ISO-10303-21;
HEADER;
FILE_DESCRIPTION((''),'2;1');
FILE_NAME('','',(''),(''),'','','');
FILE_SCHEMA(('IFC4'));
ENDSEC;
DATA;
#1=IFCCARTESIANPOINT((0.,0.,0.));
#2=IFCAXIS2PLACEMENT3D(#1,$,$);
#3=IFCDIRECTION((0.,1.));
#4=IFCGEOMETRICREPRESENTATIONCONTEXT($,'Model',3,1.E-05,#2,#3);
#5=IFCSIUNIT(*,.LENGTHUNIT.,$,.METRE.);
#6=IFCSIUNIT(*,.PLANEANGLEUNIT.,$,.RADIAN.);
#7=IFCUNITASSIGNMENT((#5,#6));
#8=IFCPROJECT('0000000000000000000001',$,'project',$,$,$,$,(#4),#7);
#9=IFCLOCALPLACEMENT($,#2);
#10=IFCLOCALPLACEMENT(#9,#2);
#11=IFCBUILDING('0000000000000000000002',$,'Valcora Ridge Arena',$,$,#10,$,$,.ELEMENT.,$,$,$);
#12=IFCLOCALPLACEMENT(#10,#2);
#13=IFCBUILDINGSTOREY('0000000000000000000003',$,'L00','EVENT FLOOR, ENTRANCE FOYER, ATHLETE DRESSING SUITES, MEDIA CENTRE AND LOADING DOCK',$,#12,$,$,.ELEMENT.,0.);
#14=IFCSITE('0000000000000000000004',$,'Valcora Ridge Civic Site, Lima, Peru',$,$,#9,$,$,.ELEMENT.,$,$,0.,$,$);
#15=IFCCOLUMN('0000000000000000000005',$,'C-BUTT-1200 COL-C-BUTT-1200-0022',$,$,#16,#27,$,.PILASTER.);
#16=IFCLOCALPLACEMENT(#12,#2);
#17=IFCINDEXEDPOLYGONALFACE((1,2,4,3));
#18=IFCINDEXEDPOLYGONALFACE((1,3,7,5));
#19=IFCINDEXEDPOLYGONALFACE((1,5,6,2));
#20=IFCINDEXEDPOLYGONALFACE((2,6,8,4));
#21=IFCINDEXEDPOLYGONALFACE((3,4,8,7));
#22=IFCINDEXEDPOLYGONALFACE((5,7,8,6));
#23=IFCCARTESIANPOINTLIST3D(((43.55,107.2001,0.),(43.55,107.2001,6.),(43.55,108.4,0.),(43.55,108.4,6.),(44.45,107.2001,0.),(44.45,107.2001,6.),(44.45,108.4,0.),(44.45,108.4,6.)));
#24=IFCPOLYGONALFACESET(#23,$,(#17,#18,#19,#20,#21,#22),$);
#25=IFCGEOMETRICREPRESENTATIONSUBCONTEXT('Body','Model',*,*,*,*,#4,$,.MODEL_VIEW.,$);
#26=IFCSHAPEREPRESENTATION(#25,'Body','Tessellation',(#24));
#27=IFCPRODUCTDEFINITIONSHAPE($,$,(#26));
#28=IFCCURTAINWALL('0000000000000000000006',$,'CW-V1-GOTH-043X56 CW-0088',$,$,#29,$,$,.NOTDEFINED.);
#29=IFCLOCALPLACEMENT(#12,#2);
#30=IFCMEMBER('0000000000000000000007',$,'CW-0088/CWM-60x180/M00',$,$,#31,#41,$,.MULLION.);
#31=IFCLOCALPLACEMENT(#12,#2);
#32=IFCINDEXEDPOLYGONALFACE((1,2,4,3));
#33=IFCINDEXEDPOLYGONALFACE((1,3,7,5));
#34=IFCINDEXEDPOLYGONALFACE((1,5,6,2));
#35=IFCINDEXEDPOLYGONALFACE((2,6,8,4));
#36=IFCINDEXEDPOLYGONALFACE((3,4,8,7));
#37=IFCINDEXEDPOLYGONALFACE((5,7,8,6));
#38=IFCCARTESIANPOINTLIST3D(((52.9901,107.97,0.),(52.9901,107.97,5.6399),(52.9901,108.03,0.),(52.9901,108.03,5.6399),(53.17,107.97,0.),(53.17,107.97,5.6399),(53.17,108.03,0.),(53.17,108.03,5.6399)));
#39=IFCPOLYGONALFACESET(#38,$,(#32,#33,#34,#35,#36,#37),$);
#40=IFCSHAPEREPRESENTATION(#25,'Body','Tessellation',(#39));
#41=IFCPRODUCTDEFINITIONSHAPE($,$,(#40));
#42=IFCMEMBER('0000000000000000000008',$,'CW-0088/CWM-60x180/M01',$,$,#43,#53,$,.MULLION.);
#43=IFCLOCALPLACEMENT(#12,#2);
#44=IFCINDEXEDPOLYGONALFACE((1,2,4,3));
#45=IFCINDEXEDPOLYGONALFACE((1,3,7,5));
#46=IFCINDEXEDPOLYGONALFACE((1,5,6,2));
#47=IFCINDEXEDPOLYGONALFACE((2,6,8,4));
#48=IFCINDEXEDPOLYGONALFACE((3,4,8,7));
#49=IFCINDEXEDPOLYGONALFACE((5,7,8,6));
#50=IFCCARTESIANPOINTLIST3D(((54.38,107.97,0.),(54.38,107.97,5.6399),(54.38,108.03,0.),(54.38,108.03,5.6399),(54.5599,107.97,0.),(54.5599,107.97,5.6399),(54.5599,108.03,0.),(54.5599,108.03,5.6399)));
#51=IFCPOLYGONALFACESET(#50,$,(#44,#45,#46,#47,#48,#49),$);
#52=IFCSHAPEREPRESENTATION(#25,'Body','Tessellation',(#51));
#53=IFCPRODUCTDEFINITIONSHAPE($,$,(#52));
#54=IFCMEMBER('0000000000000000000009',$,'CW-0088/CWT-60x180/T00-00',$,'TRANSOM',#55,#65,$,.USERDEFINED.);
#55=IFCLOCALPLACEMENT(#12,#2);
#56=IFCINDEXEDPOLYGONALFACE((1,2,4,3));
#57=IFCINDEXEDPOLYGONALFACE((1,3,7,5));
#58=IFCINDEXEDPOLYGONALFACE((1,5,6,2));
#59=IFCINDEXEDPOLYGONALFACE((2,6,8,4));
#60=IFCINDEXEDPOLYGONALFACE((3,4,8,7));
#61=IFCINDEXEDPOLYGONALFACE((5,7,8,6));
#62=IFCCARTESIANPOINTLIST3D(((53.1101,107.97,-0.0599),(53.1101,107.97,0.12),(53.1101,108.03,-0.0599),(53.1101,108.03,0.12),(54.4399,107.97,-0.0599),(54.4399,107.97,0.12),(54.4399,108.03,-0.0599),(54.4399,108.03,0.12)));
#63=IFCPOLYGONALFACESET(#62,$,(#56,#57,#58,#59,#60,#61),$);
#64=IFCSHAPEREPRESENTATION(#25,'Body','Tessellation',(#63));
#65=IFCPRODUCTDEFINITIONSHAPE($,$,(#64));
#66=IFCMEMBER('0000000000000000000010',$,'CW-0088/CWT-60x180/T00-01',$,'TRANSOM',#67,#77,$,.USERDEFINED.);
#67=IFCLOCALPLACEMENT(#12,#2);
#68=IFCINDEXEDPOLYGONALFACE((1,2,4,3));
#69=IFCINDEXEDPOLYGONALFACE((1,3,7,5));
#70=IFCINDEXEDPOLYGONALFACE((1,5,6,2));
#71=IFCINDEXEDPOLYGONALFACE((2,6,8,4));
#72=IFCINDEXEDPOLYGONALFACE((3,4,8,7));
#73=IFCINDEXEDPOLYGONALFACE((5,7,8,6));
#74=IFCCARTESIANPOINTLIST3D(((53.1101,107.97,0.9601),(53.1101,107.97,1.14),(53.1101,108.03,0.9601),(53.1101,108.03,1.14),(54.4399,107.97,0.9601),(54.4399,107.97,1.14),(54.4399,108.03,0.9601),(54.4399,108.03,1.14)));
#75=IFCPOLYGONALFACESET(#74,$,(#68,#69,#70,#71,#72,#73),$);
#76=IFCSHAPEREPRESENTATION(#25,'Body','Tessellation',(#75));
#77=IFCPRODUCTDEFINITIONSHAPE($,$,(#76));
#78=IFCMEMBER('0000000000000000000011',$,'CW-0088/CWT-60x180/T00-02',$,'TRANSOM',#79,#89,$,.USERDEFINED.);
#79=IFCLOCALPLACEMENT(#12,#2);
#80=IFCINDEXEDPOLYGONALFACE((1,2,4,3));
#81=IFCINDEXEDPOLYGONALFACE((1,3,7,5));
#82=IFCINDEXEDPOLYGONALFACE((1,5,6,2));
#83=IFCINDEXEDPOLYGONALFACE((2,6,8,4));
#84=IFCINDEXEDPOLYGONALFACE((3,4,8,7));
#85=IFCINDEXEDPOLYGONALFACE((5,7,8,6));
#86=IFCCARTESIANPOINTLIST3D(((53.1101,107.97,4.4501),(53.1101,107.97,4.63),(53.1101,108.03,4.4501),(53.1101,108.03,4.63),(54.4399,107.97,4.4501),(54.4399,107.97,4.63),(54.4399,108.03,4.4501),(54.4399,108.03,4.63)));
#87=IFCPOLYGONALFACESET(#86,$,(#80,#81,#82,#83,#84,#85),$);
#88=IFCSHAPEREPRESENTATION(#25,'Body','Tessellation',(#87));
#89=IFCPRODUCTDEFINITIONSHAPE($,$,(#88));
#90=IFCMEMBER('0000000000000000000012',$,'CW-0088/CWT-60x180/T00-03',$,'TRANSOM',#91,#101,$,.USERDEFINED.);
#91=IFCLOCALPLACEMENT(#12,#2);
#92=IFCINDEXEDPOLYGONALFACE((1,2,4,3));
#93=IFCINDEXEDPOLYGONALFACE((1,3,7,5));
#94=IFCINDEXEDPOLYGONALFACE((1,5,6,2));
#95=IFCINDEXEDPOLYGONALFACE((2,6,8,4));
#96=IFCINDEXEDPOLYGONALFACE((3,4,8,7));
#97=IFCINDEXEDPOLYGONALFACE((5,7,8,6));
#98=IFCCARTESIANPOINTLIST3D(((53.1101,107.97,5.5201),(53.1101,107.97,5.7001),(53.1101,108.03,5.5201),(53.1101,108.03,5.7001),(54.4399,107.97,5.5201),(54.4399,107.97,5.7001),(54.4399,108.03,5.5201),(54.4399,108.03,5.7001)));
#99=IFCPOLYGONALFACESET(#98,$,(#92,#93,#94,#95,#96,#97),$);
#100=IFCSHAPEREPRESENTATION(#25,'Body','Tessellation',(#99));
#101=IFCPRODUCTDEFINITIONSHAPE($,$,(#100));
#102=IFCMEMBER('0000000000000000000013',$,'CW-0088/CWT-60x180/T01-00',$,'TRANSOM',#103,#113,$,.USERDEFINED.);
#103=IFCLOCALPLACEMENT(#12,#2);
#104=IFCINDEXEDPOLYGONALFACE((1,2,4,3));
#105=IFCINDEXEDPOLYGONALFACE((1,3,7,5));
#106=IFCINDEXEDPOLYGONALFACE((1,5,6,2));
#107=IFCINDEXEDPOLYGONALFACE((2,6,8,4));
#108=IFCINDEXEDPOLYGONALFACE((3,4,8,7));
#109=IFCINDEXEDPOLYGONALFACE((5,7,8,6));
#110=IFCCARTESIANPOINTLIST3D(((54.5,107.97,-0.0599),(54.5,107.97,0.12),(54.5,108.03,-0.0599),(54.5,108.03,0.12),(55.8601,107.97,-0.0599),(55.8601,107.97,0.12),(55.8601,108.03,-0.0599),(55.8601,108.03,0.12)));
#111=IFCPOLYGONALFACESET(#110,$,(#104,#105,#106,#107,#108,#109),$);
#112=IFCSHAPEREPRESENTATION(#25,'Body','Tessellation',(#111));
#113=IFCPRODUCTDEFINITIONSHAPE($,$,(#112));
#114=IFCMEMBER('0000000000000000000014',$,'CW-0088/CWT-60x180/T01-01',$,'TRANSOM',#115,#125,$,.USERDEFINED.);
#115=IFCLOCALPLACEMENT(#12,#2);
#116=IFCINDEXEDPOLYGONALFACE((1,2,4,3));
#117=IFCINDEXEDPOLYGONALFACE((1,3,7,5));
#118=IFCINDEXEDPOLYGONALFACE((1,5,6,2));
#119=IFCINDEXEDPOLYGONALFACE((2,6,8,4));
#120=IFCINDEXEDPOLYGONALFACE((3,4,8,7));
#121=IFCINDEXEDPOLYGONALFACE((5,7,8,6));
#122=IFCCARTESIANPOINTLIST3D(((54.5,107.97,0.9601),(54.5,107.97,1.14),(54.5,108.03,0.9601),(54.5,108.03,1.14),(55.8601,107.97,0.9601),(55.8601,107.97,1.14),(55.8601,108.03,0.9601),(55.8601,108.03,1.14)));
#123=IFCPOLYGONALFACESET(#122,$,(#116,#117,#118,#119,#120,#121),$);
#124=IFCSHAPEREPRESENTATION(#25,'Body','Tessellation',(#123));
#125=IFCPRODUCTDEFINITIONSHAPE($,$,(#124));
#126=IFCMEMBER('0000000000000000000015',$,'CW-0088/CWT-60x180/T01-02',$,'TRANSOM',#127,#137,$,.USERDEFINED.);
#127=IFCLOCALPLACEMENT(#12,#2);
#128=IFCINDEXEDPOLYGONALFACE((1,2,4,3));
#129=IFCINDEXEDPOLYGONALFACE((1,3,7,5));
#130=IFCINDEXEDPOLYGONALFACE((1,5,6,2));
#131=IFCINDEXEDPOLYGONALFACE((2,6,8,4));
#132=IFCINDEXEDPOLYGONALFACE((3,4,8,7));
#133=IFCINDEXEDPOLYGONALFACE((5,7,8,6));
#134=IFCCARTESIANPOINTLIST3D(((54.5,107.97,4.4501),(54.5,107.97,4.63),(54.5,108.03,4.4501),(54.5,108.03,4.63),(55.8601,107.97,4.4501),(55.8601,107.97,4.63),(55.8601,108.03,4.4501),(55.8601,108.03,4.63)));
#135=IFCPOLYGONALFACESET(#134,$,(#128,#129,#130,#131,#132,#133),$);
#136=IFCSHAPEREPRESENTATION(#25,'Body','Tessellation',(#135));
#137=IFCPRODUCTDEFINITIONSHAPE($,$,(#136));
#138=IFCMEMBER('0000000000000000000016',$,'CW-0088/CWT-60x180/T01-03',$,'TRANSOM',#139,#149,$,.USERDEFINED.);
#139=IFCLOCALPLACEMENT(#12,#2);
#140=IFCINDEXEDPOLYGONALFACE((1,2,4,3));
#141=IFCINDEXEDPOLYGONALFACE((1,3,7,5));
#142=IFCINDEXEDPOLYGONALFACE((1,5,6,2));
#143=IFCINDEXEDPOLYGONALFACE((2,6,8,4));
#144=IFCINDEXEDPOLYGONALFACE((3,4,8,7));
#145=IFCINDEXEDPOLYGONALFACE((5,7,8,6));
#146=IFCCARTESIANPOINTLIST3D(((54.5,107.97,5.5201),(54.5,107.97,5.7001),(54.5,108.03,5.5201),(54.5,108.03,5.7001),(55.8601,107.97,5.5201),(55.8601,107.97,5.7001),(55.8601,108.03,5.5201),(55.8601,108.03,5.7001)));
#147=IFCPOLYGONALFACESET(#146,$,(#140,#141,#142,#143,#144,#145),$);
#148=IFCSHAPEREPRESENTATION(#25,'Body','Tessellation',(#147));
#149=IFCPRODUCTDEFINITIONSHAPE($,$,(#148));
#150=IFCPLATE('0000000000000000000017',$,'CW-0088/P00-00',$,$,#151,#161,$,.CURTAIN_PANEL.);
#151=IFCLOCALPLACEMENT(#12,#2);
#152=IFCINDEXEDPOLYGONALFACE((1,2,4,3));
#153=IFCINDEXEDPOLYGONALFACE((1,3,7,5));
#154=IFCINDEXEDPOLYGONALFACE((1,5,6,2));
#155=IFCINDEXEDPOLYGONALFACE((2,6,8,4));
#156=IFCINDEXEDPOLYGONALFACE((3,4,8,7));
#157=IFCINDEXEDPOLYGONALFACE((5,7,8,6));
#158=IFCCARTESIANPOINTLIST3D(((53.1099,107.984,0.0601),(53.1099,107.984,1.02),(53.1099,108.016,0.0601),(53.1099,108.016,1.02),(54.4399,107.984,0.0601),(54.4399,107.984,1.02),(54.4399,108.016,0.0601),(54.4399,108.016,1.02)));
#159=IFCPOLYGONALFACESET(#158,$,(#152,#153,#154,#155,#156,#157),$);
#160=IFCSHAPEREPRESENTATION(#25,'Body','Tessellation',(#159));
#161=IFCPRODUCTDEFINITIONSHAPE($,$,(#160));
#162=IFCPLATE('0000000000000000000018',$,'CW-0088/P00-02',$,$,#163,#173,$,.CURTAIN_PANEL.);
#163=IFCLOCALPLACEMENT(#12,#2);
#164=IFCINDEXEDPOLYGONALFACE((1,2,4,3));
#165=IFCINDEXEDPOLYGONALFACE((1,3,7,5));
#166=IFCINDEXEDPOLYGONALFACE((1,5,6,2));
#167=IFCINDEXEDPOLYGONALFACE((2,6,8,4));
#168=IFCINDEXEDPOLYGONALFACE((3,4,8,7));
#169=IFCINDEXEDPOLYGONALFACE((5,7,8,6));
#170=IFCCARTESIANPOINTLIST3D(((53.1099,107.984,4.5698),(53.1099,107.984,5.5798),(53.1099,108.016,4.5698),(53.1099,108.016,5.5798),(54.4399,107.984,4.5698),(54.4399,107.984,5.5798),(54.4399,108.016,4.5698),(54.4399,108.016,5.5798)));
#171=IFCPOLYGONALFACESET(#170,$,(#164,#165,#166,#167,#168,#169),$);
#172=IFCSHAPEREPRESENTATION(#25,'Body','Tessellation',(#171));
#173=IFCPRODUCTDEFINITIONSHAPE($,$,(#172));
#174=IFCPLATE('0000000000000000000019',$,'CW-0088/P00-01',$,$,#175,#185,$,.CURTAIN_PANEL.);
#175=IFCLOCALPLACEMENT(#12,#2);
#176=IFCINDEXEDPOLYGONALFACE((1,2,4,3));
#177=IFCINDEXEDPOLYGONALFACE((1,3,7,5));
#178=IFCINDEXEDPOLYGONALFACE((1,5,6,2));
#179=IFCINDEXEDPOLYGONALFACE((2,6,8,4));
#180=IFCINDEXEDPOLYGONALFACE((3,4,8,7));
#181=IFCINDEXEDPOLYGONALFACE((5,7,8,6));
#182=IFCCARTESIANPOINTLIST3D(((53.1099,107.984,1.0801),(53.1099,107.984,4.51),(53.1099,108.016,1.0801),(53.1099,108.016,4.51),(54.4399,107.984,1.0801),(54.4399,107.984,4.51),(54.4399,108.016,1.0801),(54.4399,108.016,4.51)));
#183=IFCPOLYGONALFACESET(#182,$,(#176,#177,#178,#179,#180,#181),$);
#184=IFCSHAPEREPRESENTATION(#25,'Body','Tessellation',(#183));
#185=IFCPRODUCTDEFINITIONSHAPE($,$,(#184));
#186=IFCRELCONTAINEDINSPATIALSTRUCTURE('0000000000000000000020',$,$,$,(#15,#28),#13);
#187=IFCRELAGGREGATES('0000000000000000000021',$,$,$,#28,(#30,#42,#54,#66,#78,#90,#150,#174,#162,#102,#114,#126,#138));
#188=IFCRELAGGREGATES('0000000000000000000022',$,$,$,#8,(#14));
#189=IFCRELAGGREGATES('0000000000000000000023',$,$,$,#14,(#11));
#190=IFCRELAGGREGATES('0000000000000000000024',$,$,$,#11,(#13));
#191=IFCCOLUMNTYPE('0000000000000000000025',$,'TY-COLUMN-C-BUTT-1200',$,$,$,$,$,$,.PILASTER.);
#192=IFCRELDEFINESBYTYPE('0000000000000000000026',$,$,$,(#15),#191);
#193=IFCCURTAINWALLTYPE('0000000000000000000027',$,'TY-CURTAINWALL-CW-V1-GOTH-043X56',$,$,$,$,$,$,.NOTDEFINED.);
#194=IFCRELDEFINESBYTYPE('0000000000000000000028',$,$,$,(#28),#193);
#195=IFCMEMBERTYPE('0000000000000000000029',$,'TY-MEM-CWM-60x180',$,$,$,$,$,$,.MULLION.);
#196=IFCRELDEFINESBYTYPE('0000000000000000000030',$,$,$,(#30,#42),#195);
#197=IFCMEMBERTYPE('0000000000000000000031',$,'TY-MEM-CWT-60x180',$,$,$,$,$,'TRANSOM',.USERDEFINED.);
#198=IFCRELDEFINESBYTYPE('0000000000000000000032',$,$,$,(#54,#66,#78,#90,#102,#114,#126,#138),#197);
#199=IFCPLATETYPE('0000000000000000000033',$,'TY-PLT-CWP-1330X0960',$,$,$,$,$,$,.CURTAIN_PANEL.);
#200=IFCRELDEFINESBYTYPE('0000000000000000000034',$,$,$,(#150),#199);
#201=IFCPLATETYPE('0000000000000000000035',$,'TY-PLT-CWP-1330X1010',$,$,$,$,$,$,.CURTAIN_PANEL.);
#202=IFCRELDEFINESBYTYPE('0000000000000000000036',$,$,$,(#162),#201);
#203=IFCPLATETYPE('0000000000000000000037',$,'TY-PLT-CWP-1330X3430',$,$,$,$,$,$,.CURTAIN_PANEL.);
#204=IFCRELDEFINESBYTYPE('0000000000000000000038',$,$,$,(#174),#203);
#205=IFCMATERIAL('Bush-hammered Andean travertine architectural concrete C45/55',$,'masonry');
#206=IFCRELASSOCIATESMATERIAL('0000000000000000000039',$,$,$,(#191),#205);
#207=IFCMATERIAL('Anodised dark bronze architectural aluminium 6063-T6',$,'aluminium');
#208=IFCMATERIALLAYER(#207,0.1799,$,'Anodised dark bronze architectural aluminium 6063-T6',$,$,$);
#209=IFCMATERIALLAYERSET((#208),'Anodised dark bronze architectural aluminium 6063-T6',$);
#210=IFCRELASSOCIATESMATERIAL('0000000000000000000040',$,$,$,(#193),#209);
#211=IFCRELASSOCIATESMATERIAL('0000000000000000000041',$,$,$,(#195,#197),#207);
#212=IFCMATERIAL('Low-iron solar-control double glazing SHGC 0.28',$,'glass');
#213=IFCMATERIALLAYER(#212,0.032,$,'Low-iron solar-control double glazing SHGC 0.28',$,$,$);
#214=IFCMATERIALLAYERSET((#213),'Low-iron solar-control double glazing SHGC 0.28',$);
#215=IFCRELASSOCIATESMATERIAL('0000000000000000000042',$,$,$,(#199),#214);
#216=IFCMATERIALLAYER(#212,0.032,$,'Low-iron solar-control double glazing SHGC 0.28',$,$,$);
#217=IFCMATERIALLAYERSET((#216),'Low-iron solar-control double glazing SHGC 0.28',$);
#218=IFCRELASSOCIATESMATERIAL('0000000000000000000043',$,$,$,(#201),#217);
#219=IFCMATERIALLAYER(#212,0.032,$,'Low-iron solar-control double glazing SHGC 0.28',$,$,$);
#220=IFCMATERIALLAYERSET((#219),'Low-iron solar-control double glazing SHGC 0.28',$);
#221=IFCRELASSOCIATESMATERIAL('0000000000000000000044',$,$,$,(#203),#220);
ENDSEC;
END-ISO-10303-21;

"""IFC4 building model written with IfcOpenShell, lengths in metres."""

from ifc_helpers import new_model, si_unit, direction, frame, origin, origin_2d, place, context, subcontext, project, spatial, rectangle, extrude, material, layer, layer_set, material_profile, profile_set, type_object, element, aggregate, save


model = new_model("IFC4")

# Units and contexts
model_context = context("Model", 3, precision=1e-05, world=origin(), true_north=direction((0.0, 1.0)))
body_context = subcontext(model_context, "Body", "Model", "MODEL_VIEW")
ifc_project = project(units=[si_unit("LENGTHUNIT", "METRE"), si_unit("PLANEANGLEUNIT", "RADIAN")], contexts=[model_context])

# Site, building, storey
site_placement = place(None, origin())
site = spatial("IfcSite", under=ifc_project, at=site_placement, Name="Valcora Ridge Civic Site, Lima, Peru", CompositionType="ELEMENT", RefElevation=0.0)
building_placement = place(site_placement, origin())
building = spatial("IfcBuilding", under=site, at=building_placement, Name="Valcora Ridge Arena", CompositionType="ELEMENT")
storey_placement = place(building_placement, origin())
storey = spatial("IfcBuildingStorey", under=building, at=storey_placement, Name="L00", Description="EVENT FLOOR, ENTRANCE FOYER, ATHLETE DRESSING SUITES, MEDIA CENTRE AND LOADING DOCK", CompositionType="ELEMENT", Elevation=0.0)

# Column
ifc_material_1 = material(Name="Bush-hammered Andean travertine architectural concrete C45/55", Category="masonry")
ifc_material_profile_1 = material_profile(ifc_material_1, rectangle(XDim=0.8999, YDim=1.2, at=origin_2d()), Name="RC 900x1200")
ifc_profile_set_1 = profile_set([ifc_material_profile_1], Name="Bush-hammered Andean travertine architectural concrete C45/55")
column_type = type_object("IfcColumnType", Name="TY-COLUMN-C-BUTT-1200", PredefinedType="PILASTER", material=ifc_profile_set_1)
column_placement = place(storey_placement, frame((44.0, 107.8, 0.0), z_axis=(0.0, 0.0, 1.0), x_axis=(1.0, 0.0, 0.0)))
element("IfcColumn", 1, at=column_placement, inside=storey, type_object=column_type, Name="C-BUTT-1200 COL-C-BUTT-1200-0022", PredefinedType="PILASTER", context=body_context, shape_type="SweptSolid", body=[
    extrude(rectangle(XDim=0.8999, YDim=1.2, at=origin_2d()), origin(), (0.0, 0.0, 1.0), 6.0),
])

# Curtain wall, members, plates
ifc_material_2 = material(Name="Anodised dark bronze architectural aluminium 6063-T6", Category="aluminium")
ifc_layer_1 = layer(ifc_material_2, 0.1799, Name="Anodised dark bronze architectural aluminium 6063-T6")
ifc_layer_set_1 = layer_set([ifc_layer_1], Name="Anodised dark bronze architectural aluminium 6063-T6")
curtain_wall_type = type_object("IfcCurtainWallType", Name="TY-CURTAINWALL-CW-V1-GOTH-043X56", PredefinedType="NOTDEFINED", material=ifc_layer_set_1)
curtain_wall_placement = place(storey_placement, origin())
curtain_wall = element("IfcCurtainWall", 2, at=curtain_wall_placement, inside=storey, type_object=curtain_wall_type, Name="CW-V1-GOTH-043X56 CW-0088", PredefinedType="NOTDEFINED")
ifc_material_profile_2 = material_profile(ifc_material_2, rectangle(XDim=0.0601, YDim=0.1799, at=origin_2d()), Name="ALU MULLION 60x180")
ifc_profile_set_2 = profile_set([ifc_material_profile_2], Name="Anodised dark bronze architectural aluminium 6063-T6")
member_type_1 = type_object("IfcMemberType", Name="TY-MEM-CWM-60x180", PredefinedType="MULLION", material=ifc_profile_set_2)
member_1_placement = place(storey_placement, frame((53.0801, 108.0, 0.0), z_axis=(0.0, 0.0, 1.0), x_axis=(0.0, 1.0, 0.0)))
member_1 = element("IfcMember", 3, at=member_1_placement, type_object=member_type_1, Name="CW-0088/CWM-60x180/M00", PredefinedType="MULLION", context=body_context, shape_type="SweptSolid", body=[
    extrude(rectangle(XDim=0.0601, YDim=0.1799, at=origin_2d()), origin(), (0.0, 0.0, 1.0), 5.6399),
])
member_2_placement = place(storey_placement, frame((54.47, 108.0, 0.0), z_axis=(0.0, 0.0, 1.0), x_axis=(0.0, 1.0, 0.0)))
member_2 = element("IfcMember", 4, at=member_2_placement, type_object=member_type_1, Name="CW-0088/CWM-60x180/M01", PredefinedType="MULLION", context=body_context, shape_type="SweptSolid", body=[
    extrude(rectangle(XDim=0.0601, YDim=0.1799, at=origin_2d()), origin(), (0.0, 0.0, 1.0), 5.6399),
])
ifc_material_profile_3 = material_profile(ifc_material_2, rectangle(XDim=0.0601, YDim=0.1799, at=origin_2d()), Name="ALU TRANSOM 60x180")
ifc_profile_set_3 = profile_set([ifc_material_profile_3], Name="Anodised dark bronze architectural aluminium 6063-T6")
member_type_2 = type_object("IfcMemberType", Name="TY-MEM-CWT-60x180", ElementType="TRANSOM", PredefinedType="USERDEFINED", material=ifc_profile_set_3)
member_3_placement = place(storey_placement, frame((53.1101, 108.0, 0.03), z_axis=(1.0, 0.0, 0.0), x_axis=(0.0, 1.0, 0.0)))
member_3 = element("IfcMember", 5, at=member_3_placement, type_object=member_type_2, Name="CW-0088/CWT-60x180/T00-00", ObjectType="TRANSOM", PredefinedType="USERDEFINED", context=body_context, shape_type="SweptSolid", body=[
    extrude(rectangle(XDim=0.0601, YDim=0.1799, at=origin_2d()), origin(), (0.0, 0.0, 1.0), 1.3298),
])
member_4_placement = place(storey_placement, frame((53.1101, 108.0, 1.05), z_axis=(1.0, 0.0, 0.0), x_axis=(0.0, 1.0, 0.0)))
member_4 = element("IfcMember", 6, at=member_4_placement, type_object=member_type_2, Name="CW-0088/CWT-60x180/T00-01", ObjectType="TRANSOM", PredefinedType="USERDEFINED", context=body_context, shape_type="SweptSolid", body=[
    extrude(rectangle(XDim=0.0601, YDim=0.1799, at=origin_2d()), origin(), (0.0, 0.0, 1.0), 1.3298),
])
member_5_placement = place(storey_placement, frame((53.1101, 108.0, 4.54), z_axis=(1.0, 0.0, 0.0), x_axis=(0.0, 1.0, 0.0)))
member_5 = element("IfcMember", 7, at=member_5_placement, type_object=member_type_2, Name="CW-0088/CWT-60x180/T00-02", ObjectType="TRANSOM", PredefinedType="USERDEFINED", context=body_context, shape_type="SweptSolid", body=[
    extrude(rectangle(XDim=0.0601, YDim=0.1799, at=origin_2d()), origin(), (0.0, 0.0, 1.0), 1.3298),
])
member_6_placement = place(storey_placement, frame((53.1101, 108.0, 5.6101), z_axis=(1.0, 0.0, 0.0), x_axis=(0.0, 1.0, 0.0)))
member_6 = element("IfcMember", 8, at=member_6_placement, type_object=member_type_2, Name="CW-0088/CWT-60x180/T00-03", ObjectType="TRANSOM", PredefinedType="USERDEFINED", context=body_context, shape_type="SweptSolid", body=[
    extrude(rectangle(XDim=0.0601, YDim=0.1799, at=origin_2d()), origin(), (0.0, 0.0, 1.0), 1.3298),
])
member_7_placement = place(storey_placement, frame((54.5, 108.0, 0.03), z_axis=(1.0, 0.0, 0.0), x_axis=(0.0, 1.0, 0.0)))
member_7 = element("IfcMember", 9, at=member_7_placement, type_object=member_type_2, Name="CW-0088/CWT-60x180/T01-00", ObjectType="TRANSOM", PredefinedType="USERDEFINED", context=body_context, shape_type="SweptSolid", body=[
    extrude(rectangle(XDim=0.0601, YDim=0.1799, at=origin_2d()), origin(), (0.0, 0.0, 1.0), 1.3601),
])
member_8_placement = place(storey_placement, frame((54.5, 108.0, 1.05), z_axis=(1.0, 0.0, 0.0), x_axis=(0.0, 1.0, 0.0)))
member_8 = element("IfcMember", 10, at=member_8_placement, type_object=member_type_2, Name="CW-0088/CWT-60x180/T01-01", ObjectType="TRANSOM", PredefinedType="USERDEFINED", context=body_context, shape_type="SweptSolid", body=[
    extrude(rectangle(XDim=0.0601, YDim=0.1799, at=origin_2d()), origin(), (0.0, 0.0, 1.0), 1.3601),
])
member_9_placement = place(storey_placement, frame((54.5, 108.0, 4.54), z_axis=(1.0, 0.0, 0.0), x_axis=(0.0, 1.0, 0.0)))
member_9 = element("IfcMember", 11, at=member_9_placement, type_object=member_type_2, Name="CW-0088/CWT-60x180/T01-02", ObjectType="TRANSOM", PredefinedType="USERDEFINED", context=body_context, shape_type="SweptSolid", body=[
    extrude(rectangle(XDim=0.0601, YDim=0.1799, at=origin_2d()), origin(), (0.0, 0.0, 1.0), 1.3601),
])
member_10_placement = place(storey_placement, frame((54.5, 108.0, 5.6101), z_axis=(1.0, 0.0, 0.0), x_axis=(0.0, 1.0, 0.0)))
member_10 = element("IfcMember", 12, at=member_10_placement, type_object=member_type_2, Name="CW-0088/CWT-60x180/T01-03", ObjectType="TRANSOM", PredefinedType="USERDEFINED", context=body_context, shape_type="SweptSolid", body=[
    extrude(rectangle(XDim=0.0601, YDim=0.1799, at=origin_2d()), origin(), (0.0, 0.0, 1.0), 1.3601),
])
ifc_material_3 = material(Name="Low-iron solar-control double glazing SHGC 0.28", Category="glass")
ifc_layer_2 = layer(ifc_material_3, 0.032, Name="Low-iron solar-control double glazing SHGC 0.28")
ifc_layer_set_2 = layer_set([ifc_layer_2], Name="Low-iron solar-control double glazing SHGC 0.28")
plate_type_1 = type_object("IfcPlateType", Name="TY-PLT-CWP-1330X0960", PredefinedType="CURTAIN_PANEL", material=ifc_layer_set_2)
plate_1_placement = place(storey_placement, frame((53.7749, 108.0, 0.0601), z_axis=(0.0, 0.0, 1.0), x_axis=(1.0, 0.0, 0.0)))
plate_1 = element("IfcPlate", 13, at=plate_1_placement, type_object=plate_type_1, Name="CW-0088/P00-00", PredefinedType="CURTAIN_PANEL", context=body_context, shape_type="SweptSolid", body=[
    extrude(rectangle(XDim=1.3301, YDim=0.032, at=origin_2d()), origin(), (0.0, 0.0, 1.0), 0.96),
])
ifc_layer_3 = layer(ifc_material_3, 0.032, Name="Low-iron solar-control double glazing SHGC 0.28")
ifc_layer_set_3 = layer_set([ifc_layer_3], Name="Low-iron solar-control double glazing SHGC 0.28")
plate_type_2 = type_object("IfcPlateType", Name="TY-PLT-CWP-1330X1010", PredefinedType="CURTAIN_PANEL", material=ifc_layer_set_3)
plate_2_placement = place(storey_placement, frame((53.7749, 108.0, 4.5698), z_axis=(0.0, 0.0, 1.0), x_axis=(1.0, 0.0, 0.0)))
plate_2 = element("IfcPlate", 14, at=plate_2_placement, type_object=plate_type_2, Name="CW-0088/P00-02", PredefinedType="CURTAIN_PANEL", context=body_context, shape_type="SweptSolid", body=[
    extrude(rectangle(XDim=1.3301, YDim=0.032, at=origin_2d()), origin(), (0.0, 0.0, 1.0), 1.01),
])
ifc_layer_4 = layer(ifc_material_3, 0.032, Name="Low-iron solar-control double glazing SHGC 0.28")
ifc_layer_set_4 = layer_set([ifc_layer_4], Name="Low-iron solar-control double glazing SHGC 0.28")
plate_type_3 = type_object("IfcPlateType", Name="TY-PLT-CWP-1330X3430", PredefinedType="CURTAIN_PANEL", material=ifc_layer_set_4)
plate_3_placement = place(storey_placement, frame((53.7749, 108.0, 1.0801), z_axis=(0.0, 0.0, 1.0), x_axis=(1.0, 0.0, 0.0)))
plate_3 = element("IfcPlate", 15, at=plate_3_placement, type_object=plate_type_3, Name="CW-0088/P00-01", PredefinedType="CURTAIN_PANEL", context=body_context, shape_type="SweptSolid", body=[
    extrude(rectangle(XDim=1.3301, YDim=0.032, at=origin_2d()), origin(), (0.0, 0.0, 1.0), 3.4299),
])
aggregate(curtain_wall, [member_1, member_2, member_3, member_4, member_5, member_6, plate_1, plate_3, plate_2, member_7, member_8, member_9, member_10])

save(model, "model.ifc")
